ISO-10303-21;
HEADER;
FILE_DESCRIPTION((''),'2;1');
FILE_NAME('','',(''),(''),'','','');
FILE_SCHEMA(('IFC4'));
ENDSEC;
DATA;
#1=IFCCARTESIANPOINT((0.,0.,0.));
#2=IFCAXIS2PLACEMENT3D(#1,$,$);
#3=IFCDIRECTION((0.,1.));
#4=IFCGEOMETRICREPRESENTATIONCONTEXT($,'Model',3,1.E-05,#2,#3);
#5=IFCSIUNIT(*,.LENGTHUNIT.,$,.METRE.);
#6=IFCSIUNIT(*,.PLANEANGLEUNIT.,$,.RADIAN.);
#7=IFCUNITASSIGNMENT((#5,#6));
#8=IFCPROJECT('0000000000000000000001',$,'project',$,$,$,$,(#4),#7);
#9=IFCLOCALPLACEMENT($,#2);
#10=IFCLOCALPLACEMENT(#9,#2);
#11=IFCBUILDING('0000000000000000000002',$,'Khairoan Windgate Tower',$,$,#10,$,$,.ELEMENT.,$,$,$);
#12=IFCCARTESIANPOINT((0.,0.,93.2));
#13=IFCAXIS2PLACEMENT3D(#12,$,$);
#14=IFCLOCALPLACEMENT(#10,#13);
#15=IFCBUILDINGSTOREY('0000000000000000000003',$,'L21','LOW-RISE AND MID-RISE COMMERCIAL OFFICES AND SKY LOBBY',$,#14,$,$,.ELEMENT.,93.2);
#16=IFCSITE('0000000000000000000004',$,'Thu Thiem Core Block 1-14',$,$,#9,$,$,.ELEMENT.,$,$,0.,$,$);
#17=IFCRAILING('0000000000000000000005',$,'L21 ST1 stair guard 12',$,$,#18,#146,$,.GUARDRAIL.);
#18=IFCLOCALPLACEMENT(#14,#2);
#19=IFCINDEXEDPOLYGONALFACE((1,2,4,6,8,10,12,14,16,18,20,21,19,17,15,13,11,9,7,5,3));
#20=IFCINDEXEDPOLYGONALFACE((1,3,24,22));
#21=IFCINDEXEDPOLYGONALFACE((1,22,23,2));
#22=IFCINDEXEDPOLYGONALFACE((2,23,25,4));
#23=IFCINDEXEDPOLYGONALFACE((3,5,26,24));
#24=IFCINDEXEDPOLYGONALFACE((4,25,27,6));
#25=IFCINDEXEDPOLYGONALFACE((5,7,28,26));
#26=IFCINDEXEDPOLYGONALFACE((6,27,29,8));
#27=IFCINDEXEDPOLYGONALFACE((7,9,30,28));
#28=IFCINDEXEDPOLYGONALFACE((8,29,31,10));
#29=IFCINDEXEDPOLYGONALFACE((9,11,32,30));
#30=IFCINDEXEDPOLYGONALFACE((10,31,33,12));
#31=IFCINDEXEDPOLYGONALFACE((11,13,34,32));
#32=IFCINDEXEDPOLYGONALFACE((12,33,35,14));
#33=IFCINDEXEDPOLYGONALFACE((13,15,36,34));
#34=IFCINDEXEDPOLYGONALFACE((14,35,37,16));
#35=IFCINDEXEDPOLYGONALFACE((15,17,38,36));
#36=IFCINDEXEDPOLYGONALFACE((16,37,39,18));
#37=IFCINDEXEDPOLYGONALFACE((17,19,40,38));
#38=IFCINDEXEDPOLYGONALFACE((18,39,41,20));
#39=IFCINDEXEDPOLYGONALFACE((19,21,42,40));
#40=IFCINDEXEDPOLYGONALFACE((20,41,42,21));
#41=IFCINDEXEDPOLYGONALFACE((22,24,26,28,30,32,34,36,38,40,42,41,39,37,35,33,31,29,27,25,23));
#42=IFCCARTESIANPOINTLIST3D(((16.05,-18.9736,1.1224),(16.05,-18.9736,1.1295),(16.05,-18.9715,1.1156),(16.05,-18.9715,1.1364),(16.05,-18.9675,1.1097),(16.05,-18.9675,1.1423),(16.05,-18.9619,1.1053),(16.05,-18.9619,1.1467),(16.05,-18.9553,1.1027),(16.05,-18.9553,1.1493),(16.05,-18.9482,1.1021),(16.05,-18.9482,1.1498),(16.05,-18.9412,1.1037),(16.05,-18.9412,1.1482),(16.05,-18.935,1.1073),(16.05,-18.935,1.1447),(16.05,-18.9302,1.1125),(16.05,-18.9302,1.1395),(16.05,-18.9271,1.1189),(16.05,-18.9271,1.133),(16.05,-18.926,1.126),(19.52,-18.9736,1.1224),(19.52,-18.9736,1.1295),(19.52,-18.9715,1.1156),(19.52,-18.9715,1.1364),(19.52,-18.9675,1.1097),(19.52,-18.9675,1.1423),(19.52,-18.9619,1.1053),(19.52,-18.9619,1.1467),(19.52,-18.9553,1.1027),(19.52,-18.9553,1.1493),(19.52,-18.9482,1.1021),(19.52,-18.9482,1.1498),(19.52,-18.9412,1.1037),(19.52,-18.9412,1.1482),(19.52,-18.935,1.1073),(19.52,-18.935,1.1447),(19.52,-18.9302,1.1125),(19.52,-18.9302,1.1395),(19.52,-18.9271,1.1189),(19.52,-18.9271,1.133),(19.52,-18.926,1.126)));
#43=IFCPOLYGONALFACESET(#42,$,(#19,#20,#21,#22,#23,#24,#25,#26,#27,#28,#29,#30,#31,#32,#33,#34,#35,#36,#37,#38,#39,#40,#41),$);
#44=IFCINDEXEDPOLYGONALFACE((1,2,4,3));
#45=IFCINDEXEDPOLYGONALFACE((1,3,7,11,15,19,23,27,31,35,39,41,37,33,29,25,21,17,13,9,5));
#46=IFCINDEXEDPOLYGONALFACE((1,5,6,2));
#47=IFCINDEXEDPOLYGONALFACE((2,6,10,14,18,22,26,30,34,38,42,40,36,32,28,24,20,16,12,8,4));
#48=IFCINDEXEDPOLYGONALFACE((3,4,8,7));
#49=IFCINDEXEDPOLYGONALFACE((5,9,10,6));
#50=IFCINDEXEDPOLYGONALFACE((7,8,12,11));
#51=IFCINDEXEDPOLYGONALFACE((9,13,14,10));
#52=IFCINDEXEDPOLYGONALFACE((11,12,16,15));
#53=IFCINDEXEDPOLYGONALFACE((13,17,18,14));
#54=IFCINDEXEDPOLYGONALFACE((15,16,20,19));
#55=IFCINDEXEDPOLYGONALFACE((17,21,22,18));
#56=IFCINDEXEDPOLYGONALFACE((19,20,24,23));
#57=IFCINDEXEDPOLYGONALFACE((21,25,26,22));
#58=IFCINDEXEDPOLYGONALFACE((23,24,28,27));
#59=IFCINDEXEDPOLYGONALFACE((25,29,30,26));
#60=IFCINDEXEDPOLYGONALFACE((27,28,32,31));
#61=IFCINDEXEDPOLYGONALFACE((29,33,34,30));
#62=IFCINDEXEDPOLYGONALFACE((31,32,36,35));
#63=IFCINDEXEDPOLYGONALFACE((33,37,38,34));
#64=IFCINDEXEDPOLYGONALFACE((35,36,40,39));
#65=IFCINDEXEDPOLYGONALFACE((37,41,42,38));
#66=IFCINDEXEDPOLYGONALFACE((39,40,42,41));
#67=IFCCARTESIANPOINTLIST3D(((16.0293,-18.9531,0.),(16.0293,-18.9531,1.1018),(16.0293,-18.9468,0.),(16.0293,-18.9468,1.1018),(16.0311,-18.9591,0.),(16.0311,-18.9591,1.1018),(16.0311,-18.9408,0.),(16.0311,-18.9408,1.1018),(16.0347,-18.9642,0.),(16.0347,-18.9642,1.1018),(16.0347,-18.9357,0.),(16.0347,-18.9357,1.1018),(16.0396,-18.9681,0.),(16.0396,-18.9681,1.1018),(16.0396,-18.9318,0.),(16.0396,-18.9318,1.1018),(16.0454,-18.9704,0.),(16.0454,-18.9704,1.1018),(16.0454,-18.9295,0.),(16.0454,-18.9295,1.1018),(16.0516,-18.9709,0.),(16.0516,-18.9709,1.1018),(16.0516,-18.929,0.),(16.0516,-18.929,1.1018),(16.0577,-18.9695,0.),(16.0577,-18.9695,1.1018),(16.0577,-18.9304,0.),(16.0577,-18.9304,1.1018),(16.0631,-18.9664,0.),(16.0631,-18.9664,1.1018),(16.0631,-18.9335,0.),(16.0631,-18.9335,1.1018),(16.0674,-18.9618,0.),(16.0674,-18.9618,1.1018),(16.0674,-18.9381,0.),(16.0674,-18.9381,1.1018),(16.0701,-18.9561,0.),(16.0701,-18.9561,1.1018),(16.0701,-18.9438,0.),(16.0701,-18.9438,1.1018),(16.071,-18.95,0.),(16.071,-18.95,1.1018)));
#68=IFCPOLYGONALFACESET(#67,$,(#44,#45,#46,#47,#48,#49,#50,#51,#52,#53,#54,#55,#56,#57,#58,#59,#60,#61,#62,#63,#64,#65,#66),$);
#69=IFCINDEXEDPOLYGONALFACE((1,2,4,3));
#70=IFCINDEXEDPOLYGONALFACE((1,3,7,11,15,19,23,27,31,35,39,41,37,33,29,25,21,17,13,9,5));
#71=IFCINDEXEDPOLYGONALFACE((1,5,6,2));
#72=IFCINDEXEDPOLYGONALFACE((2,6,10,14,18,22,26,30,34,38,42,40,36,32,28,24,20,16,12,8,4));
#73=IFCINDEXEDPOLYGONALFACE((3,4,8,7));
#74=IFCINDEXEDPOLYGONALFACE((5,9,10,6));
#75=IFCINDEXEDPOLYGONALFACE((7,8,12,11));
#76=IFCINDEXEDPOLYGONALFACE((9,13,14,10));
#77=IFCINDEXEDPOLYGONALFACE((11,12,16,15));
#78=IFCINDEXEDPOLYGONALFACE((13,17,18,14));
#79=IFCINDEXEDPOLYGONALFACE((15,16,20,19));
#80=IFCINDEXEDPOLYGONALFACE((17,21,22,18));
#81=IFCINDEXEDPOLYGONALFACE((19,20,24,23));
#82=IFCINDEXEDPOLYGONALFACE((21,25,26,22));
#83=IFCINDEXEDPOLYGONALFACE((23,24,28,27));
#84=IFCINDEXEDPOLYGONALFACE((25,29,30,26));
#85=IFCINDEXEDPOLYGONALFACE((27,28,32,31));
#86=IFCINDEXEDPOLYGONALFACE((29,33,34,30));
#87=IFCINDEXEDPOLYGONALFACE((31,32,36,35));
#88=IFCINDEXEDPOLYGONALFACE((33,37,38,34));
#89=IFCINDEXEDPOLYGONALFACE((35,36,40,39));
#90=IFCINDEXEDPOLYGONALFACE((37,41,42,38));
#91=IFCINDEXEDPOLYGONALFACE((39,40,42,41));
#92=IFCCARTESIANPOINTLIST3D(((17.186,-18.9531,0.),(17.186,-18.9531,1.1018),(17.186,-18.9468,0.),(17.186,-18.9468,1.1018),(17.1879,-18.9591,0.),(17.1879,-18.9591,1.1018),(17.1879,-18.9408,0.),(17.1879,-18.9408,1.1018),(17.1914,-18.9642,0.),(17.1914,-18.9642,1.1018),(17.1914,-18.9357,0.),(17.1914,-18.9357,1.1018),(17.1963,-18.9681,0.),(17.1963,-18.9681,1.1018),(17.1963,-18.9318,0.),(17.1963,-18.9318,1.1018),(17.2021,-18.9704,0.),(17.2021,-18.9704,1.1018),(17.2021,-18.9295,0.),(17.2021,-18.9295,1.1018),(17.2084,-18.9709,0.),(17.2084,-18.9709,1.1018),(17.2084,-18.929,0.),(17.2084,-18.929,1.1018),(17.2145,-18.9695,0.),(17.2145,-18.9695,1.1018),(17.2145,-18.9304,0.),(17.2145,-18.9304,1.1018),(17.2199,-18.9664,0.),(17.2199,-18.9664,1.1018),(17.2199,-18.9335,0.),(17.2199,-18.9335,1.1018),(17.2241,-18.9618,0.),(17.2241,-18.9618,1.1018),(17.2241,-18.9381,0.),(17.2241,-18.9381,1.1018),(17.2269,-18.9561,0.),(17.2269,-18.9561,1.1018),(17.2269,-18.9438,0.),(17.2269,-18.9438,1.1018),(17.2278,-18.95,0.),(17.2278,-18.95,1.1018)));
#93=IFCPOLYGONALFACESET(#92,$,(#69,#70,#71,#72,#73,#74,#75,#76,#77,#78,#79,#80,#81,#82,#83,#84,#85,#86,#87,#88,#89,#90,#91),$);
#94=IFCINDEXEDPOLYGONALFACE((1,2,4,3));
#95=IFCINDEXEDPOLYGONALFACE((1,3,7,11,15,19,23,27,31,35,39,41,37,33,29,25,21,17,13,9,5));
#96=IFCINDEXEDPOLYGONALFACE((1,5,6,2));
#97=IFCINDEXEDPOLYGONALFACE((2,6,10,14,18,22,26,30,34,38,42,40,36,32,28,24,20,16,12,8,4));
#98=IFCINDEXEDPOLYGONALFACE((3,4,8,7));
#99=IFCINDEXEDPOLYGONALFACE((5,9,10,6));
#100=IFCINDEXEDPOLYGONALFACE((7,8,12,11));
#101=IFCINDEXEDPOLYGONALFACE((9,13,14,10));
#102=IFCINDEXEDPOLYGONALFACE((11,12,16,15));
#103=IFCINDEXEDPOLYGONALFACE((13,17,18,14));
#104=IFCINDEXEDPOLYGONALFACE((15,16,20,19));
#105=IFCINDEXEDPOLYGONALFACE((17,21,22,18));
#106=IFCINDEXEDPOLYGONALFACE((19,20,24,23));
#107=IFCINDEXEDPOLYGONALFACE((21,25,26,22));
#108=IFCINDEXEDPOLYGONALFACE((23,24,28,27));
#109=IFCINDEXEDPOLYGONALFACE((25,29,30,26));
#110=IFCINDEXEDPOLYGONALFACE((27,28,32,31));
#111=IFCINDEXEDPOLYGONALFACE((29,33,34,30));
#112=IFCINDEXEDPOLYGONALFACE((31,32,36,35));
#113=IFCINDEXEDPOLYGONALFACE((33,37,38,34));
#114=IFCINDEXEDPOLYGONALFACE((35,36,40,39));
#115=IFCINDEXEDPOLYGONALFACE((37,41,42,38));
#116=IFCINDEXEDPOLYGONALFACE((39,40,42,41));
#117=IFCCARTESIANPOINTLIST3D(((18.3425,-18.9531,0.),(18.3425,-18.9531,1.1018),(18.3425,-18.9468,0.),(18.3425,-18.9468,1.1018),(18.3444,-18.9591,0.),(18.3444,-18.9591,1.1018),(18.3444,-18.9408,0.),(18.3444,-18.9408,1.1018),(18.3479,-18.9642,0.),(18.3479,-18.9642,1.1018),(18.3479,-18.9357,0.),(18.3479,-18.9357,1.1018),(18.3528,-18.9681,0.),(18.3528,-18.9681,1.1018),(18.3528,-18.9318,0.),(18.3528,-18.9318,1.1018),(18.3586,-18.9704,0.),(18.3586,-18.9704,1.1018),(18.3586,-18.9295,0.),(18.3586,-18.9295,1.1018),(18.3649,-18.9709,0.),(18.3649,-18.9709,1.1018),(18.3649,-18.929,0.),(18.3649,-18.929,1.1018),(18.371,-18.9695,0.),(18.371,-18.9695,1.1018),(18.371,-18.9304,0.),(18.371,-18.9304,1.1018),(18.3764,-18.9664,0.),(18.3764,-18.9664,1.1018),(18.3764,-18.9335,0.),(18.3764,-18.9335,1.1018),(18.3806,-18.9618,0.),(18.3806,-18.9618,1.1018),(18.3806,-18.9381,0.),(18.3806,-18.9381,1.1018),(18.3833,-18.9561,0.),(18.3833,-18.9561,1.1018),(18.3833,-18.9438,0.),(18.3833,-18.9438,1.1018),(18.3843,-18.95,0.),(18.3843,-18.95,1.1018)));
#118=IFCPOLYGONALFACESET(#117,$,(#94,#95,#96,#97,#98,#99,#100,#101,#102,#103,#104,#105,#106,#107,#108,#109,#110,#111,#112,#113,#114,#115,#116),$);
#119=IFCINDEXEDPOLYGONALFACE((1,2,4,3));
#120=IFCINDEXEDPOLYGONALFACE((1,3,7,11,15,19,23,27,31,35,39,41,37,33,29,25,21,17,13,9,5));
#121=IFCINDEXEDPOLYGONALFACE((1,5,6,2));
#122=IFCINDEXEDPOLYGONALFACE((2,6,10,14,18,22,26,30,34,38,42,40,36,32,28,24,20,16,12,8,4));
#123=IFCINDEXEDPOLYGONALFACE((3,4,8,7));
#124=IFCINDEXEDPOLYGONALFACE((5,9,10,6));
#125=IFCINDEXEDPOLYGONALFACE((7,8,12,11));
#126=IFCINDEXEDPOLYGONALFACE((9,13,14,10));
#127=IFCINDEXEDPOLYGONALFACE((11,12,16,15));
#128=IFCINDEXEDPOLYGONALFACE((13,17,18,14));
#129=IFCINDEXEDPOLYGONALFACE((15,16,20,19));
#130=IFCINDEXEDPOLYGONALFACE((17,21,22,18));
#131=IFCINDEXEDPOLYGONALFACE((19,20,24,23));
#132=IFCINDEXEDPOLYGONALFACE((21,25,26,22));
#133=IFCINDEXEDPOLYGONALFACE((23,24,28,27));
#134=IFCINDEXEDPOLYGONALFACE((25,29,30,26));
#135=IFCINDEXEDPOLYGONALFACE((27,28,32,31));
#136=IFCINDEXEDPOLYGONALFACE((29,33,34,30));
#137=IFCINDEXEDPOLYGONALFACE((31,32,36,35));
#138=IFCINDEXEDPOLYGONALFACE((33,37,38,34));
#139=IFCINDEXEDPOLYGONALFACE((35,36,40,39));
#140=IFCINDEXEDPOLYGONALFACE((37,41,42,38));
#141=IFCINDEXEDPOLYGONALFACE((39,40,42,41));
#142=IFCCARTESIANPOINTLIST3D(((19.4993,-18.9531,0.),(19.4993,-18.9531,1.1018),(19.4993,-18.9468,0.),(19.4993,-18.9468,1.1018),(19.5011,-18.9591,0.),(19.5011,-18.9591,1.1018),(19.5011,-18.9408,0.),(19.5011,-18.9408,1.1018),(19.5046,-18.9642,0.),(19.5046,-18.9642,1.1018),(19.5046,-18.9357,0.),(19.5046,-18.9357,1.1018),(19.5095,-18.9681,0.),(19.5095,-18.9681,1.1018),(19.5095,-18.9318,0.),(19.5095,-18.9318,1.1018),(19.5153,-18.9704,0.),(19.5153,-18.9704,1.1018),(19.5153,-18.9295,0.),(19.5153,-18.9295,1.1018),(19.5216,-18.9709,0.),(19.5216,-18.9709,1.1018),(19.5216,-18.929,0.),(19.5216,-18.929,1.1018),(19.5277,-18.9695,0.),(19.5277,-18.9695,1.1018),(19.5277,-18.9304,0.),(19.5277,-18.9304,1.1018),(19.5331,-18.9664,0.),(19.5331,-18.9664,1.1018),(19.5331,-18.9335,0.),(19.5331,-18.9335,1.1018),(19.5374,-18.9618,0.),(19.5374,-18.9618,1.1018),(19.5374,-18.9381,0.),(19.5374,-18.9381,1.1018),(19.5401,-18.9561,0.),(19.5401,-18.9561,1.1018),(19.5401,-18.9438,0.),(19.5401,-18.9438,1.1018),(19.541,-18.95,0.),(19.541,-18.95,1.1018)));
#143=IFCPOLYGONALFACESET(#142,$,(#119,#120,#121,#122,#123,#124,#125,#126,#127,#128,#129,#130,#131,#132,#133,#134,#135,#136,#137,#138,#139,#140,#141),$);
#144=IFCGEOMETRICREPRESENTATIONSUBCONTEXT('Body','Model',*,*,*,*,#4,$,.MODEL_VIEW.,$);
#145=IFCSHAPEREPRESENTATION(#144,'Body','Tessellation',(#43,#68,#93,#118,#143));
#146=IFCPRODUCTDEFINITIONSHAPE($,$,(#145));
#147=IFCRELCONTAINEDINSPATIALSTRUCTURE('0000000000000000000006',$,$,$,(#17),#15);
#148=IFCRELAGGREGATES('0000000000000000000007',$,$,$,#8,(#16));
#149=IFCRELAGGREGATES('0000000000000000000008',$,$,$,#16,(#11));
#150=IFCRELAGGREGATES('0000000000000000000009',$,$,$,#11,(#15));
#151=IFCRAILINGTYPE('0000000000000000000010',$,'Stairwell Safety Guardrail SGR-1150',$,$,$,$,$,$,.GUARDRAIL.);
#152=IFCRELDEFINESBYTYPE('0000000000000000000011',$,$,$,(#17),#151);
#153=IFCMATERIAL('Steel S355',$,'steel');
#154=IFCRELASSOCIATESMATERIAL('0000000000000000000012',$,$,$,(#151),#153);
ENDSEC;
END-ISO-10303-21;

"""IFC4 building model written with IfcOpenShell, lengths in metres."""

from ifc_helpers import new_model, si_unit, direction, frame, origin, origin_2d, place, context, subcontext, project, spatial, circle, extrude, material, type_object, element, save


model = new_model("IFC4")

# Units and contexts
model_context = context("Model", 3, precision=1e-05, world=origin(), true_north=direction((0.0, 1.0)))
body_context = subcontext(model_context, "Body", "Model", "MODEL_VIEW")
ifc_project = project(units=[si_unit("LENGTHUNIT", "METRE"), si_unit("PLANEANGLEUNIT", "RADIAN")], contexts=[model_context])

# Site, building, storey
site_placement = place(None, origin())
site = spatial("IfcSite", under=ifc_project, at=site_placement, Name="Thu Thiem Core Block 1-14", CompositionType="ELEMENT", RefElevation=0.0)
building_placement = place(site_placement, origin())
building = spatial("IfcBuilding", under=site, at=building_placement, Name="Khairoan Windgate Tower", CompositionType="ELEMENT")
storey_placement = place(building_placement, frame((0.0, 0.0, 93.2)))
storey = spatial("IfcBuildingStorey", under=building, at=storey_placement, Name="L21", Description="LOW-RISE AND MID-RISE COMMERCIAL OFFICES AND SKY LOBBY", CompositionType="ELEMENT", Elevation=93.2)

# Railing
ifc_material_1 = material(Name="Steel S355", Category="steel")
railing_type = type_object("IfcRailingType", Name="Stairwell Safety Guardrail SGR-1150", PredefinedType="GUARDRAIL", material=ifc_material_1)
railing_1_placement = place(storey_placement, frame((16.05, -18.95, 0.0)))
element("IfcRailing", 1, at=railing_1_placement, inside=storey, type_object=railing_type, Name="L21 ST1 stair guard 12", PredefinedType="GUARDRAIL", context=body_context, shape_type="SweptSolid", body=[
    extrude(circle(Radius=0.0239, at=origin_2d()), frame((0.0, 0.0, 1.126), z_axis=(1.0, 0.0, 0.0), x_axis=(0.0, 1.0, 0.0)), (0.0, 0.0, 1.0), 3.47),
    extrude(circle(Radius=0.021, at=origin_2d()), origin(), (0.0, 0.0, 1.0), 1.1018),
    extrude(circle(Radius=0.021, at=origin_2d()), frame((1.1567, 0.0, 0.0)), (0.0, 0.0, 1.0), 1.1018),
    extrude(circle(Radius=0.021, at=origin_2d()), frame((2.3132, 0.0, 0.0)), (0.0, 0.0, 1.0), 1.1018),
    extrude(circle(Radius=0.021, at=origin_2d()), frame((3.47, 0.0, 0.0)), (0.0, 0.0, 1.0), 1.1018),
])

save(model, "model.ifc")
